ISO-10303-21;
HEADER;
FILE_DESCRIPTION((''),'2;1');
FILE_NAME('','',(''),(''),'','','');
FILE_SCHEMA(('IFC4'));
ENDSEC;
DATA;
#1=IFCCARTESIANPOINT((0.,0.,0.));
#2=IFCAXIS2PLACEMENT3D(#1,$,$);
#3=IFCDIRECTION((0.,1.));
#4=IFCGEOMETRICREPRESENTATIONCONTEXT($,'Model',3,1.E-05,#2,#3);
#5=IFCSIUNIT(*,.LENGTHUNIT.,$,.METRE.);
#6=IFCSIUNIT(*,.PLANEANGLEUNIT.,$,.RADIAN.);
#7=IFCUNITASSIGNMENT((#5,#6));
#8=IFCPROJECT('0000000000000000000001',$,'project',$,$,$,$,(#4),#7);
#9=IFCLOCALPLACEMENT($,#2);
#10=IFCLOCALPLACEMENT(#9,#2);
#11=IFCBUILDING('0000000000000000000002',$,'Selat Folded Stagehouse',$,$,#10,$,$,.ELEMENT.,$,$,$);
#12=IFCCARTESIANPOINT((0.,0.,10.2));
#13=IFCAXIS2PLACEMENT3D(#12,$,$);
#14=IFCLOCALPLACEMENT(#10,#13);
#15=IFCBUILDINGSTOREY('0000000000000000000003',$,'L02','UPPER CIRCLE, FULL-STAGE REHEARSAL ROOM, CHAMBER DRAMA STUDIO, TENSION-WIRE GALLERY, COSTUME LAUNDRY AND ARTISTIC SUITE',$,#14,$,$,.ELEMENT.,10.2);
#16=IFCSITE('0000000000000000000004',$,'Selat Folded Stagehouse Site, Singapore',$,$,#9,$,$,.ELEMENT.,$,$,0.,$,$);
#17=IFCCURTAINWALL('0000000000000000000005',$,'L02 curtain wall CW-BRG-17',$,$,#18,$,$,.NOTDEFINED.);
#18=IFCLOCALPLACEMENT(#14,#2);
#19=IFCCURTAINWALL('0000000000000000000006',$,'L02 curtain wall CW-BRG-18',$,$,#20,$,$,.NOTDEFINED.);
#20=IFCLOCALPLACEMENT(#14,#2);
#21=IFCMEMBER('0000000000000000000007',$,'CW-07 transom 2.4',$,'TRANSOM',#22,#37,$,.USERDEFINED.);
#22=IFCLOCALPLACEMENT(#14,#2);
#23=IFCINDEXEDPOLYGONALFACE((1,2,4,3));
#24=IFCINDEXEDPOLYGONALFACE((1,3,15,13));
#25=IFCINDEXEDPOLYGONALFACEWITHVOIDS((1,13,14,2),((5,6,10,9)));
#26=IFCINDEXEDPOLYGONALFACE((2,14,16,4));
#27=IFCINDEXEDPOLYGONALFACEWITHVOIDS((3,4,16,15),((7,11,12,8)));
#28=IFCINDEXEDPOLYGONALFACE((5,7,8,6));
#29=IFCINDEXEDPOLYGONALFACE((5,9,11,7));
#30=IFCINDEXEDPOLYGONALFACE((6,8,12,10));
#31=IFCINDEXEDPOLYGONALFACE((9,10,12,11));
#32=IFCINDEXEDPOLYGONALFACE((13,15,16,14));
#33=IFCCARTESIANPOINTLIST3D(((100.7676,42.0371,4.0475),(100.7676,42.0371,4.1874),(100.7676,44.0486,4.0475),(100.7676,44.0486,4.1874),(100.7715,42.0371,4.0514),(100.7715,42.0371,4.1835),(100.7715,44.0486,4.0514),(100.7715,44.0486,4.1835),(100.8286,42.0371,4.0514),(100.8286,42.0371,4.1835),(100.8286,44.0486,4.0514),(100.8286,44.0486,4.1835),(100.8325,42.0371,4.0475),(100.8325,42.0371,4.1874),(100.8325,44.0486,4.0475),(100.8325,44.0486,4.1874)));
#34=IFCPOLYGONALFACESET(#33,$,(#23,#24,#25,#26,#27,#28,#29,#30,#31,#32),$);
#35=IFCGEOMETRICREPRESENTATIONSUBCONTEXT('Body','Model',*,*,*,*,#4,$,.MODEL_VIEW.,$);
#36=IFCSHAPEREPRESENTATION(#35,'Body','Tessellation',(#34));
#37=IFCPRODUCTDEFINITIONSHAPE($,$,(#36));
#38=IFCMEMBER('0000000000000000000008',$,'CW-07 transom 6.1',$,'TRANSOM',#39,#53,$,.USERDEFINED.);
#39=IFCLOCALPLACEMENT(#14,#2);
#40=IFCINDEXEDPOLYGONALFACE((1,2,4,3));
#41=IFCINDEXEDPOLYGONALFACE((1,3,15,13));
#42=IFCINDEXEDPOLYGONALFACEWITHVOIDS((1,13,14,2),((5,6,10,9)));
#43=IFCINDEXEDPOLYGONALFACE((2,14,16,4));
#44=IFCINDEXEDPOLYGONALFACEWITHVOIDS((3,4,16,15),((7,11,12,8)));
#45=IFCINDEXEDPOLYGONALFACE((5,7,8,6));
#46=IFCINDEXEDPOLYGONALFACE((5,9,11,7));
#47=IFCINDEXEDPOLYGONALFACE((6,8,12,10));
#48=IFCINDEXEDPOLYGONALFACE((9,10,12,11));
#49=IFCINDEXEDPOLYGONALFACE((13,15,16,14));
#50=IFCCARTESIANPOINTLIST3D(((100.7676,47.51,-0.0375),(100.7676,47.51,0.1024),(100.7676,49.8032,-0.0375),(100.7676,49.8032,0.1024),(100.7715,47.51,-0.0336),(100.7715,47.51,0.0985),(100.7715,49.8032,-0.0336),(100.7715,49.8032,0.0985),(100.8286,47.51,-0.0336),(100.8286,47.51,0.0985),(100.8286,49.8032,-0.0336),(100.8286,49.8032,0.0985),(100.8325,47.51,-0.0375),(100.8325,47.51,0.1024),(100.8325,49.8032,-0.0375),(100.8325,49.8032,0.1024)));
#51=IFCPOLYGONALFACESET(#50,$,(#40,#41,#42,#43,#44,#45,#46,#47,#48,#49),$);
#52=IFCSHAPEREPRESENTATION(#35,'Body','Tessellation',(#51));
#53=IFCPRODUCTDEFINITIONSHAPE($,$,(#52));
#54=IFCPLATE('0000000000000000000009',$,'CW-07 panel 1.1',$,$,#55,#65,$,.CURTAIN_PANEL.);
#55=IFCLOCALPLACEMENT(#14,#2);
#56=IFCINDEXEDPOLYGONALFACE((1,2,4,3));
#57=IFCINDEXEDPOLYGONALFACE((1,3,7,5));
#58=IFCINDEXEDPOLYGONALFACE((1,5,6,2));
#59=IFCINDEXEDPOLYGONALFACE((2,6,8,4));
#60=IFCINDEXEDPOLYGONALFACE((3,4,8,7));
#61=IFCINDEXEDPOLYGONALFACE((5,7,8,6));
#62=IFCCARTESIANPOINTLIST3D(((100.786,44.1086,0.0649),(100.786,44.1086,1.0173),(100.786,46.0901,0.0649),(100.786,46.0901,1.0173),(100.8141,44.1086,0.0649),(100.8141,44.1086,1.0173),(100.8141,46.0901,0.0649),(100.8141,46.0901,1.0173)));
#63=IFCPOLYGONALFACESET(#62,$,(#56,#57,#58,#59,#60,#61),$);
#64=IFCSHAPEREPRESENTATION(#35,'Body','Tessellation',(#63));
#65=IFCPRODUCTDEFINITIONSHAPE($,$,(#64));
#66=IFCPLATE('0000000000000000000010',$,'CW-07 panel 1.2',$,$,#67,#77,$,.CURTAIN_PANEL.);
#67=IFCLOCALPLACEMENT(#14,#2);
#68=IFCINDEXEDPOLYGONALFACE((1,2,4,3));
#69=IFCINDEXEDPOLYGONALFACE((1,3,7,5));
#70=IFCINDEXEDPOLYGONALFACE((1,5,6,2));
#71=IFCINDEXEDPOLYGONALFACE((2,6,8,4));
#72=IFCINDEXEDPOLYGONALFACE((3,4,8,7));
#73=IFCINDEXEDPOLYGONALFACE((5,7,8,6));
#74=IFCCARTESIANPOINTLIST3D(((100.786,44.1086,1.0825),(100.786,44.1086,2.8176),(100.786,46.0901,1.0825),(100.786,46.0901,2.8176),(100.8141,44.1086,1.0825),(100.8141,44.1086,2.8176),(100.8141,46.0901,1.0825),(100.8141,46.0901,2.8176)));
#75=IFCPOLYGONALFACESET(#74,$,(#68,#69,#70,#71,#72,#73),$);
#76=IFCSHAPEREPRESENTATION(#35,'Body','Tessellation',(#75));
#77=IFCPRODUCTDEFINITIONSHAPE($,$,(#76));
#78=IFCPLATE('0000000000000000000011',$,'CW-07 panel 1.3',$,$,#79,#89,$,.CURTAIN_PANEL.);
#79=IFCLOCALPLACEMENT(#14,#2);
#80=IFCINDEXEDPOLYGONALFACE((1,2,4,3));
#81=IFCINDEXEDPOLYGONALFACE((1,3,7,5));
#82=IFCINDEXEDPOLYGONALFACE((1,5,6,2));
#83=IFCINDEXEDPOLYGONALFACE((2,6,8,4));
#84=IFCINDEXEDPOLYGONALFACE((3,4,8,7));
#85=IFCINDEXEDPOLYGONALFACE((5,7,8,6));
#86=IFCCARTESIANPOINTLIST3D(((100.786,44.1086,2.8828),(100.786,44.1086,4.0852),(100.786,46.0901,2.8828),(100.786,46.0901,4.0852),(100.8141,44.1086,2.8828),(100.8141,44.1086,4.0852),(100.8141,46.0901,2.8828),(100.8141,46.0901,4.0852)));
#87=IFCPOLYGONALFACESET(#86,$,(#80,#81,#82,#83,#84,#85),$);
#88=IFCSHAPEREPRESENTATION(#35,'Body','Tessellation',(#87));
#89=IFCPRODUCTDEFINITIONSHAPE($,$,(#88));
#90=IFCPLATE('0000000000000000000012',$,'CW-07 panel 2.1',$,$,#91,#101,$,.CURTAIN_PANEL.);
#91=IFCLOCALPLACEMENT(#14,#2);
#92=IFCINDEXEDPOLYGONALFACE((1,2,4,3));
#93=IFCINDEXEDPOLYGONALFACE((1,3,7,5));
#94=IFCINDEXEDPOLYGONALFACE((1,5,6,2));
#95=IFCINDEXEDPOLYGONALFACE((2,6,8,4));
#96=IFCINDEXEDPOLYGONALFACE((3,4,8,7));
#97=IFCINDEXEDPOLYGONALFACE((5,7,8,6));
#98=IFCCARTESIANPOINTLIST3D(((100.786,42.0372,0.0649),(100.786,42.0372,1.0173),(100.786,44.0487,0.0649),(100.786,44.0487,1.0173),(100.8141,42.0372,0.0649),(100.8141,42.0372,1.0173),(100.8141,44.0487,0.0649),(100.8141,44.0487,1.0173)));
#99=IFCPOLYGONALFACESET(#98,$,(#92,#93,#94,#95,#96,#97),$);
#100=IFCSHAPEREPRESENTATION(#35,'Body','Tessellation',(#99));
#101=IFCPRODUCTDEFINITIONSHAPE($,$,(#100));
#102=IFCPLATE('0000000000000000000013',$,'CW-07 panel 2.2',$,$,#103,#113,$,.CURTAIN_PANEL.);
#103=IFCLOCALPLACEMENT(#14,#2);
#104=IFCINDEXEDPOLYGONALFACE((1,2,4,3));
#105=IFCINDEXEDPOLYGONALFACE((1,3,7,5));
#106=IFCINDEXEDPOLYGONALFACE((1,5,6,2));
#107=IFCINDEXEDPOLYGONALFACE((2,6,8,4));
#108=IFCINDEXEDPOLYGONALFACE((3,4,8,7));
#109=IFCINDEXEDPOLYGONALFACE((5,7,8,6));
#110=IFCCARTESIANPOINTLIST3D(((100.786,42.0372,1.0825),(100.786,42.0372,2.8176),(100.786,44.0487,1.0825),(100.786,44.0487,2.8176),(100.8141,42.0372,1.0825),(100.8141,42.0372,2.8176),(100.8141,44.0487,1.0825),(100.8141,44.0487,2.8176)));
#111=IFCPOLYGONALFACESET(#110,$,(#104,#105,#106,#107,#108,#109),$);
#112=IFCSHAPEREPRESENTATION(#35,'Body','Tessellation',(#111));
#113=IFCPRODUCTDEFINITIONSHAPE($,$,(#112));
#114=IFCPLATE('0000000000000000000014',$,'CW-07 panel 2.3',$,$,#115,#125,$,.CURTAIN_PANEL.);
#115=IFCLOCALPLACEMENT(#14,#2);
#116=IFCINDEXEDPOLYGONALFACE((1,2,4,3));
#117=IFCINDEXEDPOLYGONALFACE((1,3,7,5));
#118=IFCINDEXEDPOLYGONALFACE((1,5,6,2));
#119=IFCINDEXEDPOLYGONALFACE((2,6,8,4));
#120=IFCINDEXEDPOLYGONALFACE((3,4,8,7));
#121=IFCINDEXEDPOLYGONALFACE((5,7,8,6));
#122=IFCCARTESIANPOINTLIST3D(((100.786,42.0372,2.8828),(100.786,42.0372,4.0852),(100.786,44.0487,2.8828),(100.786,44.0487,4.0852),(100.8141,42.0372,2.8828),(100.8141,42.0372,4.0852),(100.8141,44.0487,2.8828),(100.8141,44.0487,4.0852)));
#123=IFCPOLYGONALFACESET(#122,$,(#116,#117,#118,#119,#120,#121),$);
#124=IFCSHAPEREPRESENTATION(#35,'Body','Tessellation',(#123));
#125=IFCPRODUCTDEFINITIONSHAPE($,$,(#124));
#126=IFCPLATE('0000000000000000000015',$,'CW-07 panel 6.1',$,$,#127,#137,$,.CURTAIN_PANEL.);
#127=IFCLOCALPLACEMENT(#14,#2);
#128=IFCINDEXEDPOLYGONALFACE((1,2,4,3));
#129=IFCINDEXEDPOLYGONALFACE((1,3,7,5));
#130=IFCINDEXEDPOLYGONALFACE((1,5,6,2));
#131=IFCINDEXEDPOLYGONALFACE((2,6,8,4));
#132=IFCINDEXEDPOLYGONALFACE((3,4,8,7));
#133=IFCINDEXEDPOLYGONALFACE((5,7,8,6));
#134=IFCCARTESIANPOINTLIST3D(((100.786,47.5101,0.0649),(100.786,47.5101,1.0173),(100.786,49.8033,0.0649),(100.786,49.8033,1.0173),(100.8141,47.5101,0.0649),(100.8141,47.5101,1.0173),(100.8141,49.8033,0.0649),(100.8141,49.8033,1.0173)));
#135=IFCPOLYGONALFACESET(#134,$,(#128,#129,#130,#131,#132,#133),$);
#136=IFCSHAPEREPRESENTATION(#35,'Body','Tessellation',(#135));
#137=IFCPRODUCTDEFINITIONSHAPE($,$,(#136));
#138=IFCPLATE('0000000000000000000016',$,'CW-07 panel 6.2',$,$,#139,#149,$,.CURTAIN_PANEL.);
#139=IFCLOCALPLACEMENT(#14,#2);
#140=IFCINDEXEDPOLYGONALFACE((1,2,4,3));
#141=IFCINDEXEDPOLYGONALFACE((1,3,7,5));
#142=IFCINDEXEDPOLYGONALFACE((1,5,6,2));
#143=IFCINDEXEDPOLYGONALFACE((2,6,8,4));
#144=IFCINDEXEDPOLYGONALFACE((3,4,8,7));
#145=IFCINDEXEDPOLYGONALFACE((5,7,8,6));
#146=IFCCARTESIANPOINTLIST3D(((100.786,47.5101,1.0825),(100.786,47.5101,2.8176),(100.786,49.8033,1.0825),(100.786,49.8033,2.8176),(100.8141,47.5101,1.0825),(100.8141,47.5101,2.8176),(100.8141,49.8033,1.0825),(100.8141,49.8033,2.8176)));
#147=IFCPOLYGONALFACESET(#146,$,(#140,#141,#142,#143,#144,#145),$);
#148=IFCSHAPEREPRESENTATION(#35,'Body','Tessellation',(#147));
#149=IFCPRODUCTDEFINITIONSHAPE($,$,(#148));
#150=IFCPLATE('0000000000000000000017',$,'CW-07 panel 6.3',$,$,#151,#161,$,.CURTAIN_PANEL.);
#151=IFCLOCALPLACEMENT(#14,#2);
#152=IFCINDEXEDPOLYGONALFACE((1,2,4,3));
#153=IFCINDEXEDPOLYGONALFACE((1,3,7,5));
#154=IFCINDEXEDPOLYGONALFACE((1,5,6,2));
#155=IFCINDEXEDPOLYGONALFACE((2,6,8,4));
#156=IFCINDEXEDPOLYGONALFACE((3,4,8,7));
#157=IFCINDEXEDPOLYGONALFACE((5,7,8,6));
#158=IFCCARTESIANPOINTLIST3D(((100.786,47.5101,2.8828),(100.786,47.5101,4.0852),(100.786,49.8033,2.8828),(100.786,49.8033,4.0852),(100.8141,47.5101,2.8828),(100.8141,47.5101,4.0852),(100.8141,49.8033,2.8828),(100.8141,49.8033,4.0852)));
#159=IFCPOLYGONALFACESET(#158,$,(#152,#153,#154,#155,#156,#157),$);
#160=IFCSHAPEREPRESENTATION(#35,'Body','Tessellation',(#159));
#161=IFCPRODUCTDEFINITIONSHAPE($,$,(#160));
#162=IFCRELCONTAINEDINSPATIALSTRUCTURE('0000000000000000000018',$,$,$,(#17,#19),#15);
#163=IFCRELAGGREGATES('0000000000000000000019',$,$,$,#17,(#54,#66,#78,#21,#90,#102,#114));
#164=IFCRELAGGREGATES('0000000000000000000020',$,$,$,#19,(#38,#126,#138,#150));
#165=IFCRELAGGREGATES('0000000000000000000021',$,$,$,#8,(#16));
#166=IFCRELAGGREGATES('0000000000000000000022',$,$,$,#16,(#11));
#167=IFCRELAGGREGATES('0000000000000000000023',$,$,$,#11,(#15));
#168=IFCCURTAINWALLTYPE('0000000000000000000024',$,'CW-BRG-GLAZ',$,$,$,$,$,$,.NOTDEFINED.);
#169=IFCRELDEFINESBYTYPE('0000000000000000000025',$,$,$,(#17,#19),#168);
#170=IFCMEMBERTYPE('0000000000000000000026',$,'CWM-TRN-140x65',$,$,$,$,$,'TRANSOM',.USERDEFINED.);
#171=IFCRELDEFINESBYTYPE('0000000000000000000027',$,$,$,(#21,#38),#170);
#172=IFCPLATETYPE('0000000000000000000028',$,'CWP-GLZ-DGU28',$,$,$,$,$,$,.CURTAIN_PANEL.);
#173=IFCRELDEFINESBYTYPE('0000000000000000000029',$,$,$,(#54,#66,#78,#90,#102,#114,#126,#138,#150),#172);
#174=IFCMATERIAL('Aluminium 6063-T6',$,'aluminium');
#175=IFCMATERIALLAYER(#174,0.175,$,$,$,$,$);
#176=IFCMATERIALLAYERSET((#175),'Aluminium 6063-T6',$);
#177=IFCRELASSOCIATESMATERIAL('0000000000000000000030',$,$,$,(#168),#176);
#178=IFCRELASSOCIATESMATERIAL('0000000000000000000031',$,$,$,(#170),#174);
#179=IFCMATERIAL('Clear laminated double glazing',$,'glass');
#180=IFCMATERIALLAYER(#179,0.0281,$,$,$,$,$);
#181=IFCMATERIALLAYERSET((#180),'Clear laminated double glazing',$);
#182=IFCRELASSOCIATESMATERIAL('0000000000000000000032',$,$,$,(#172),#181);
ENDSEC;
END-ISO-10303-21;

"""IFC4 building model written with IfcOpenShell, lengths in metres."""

from ifc_helpers import new_model, si_unit, direction, frame, origin, origin_2d, place, context, subcontext, project, spatial, rectangle, hollow_rectangle, extrude, material, layer, layer_set, material_profile, profile_set, type_object, element, aggregate, save


model = new_model("IFC4")

# Units and contexts
model_context = context("Model", 3, precision=1e-05, world=origin(), true_north=direction((0.0, 1.0)))
body_context = subcontext(model_context, "Body", "Model", "MODEL_VIEW")
ifc_project = project(units=[si_unit("LENGTHUNIT", "METRE"), si_unit("PLANEANGLEUNIT", "RADIAN")], contexts=[model_context])

# Site, building, storey
site_placement = place(None, origin())
site = spatial("IfcSite", under=ifc_project, at=site_placement, Name="Selat Folded Stagehouse Site, Singapore", CompositionType="ELEMENT", RefElevation=0.0)
building_placement = place(site_placement, origin())
building = spatial("IfcBuilding", under=site, at=building_placement, Name="Selat Folded Stagehouse", CompositionType="ELEMENT")
storey_placement = place(building_placement, frame((0.0, 0.0, 10.2)))
storey = spatial("IfcBuildingStorey", under=building, at=storey_placement, Name="L02", Description="UPPER CIRCLE, FULL-STAGE REHEARSAL ROOM, CHAMBER DRAMA STUDIO, TENSION-WIRE GALLERY, COSTUME LAUNDRY AND ARTISTIC SUITE", CompositionType="ELEMENT", Elevation=10.2)

# Curtain wall
ifc_material_1 = material(Name="Aluminium 6063-T6", Category="aluminium")
ifc_layer_1 = layer(ifc_material_1, 0.175)
ifc_layer_set_1 = layer_set([ifc_layer_1], Name="Aluminium 6063-T6")
curtain_wall_type = type_object("IfcCurtainWallType", Name="CW-BRG-GLAZ", PredefinedType="NOTDEFINED", material=ifc_layer_set_1)
curtain_wall_1_placement = place(storey_placement, origin())
curtain_wall_1 = element("IfcCurtainWall", 1, at=curtain_wall_1_placement, inside=storey, type_object=curtain_wall_type, Name="L02 curtain wall CW-BRG-17", PredefinedType="NOTDEFINED")

# Curtain wall
curtain_wall_2_placement = place(storey_placement, origin())
curtain_wall_2 = element("IfcCurtainWall", 2, at=curtain_wall_2_placement, inside=storey, type_object=curtain_wall_type, Name="L02 curtain wall CW-BRG-18", PredefinedType="NOTDEFINED")

# Members
ifc_material_profile_1 = material_profile(ifc_material_1, hollow_rectangle(XDim=0.0649, YDim=0.1399, WallThickness=0.0039, at=origin_2d()), Name="ALU 140x65x4.0")
ifc_profile_set_1 = profile_set([ifc_material_profile_1], Name="Aluminium 6063-T6")
member_type_1 = type_object("IfcMemberType", Name="CWM-TRN-140x65", ElementType="TRANSOM", PredefinedType="USERDEFINED", material=ifc_profile_set_1)
member_1_placement = place(storey_placement, frame((100.8, 44.0486, 4.1174), z_axis=(0.0, -1.0, 0.0), x_axis=(1.0, 0.0, 0.0)))
member_1 = element("IfcMember", 3, at=member_1_placement, type_object=member_type_1, Name="CW-07 transom 2.4", ObjectType="TRANSOM", PredefinedType="USERDEFINED", context=body_context, shape_type="SweptSolid", body=[
    extrude(hollow_rectangle(XDim=0.0649, YDim=0.1399, WallThickness=0.0039, at=origin_2d()), origin(), (0.0, 0.0, 1.0), 2.0115),
])
member_2_placement = place(storey_placement, frame((100.8, 49.8032, 0.0325), z_axis=(0.0, -1.0, 0.0), x_axis=(1.0, 0.0, 0.0)))
member_2 = element("IfcMember", 4, at=member_2_placement, type_object=member_type_1, Name="CW-07 transom 6.1", ObjectType="TRANSOM", PredefinedType="USERDEFINED", context=body_context, shape_type="SweptSolid", body=[
    extrude(hollow_rectangle(XDim=0.0649, YDim=0.1399, WallThickness=0.0039, at=origin_2d()), origin(), (0.0, 0.0, 1.0), 2.2932),
])

# Plates
ifc_material_2 = material(Name="Clear laminated double glazing", Category="glass")
ifc_layer_2 = layer(ifc_material_2, 0.0281)
ifc_layer_set_2 = layer_set([ifc_layer_2], Name="Clear laminated double glazing")
plate_type = type_object("IfcPlateType", Name="CWP-GLZ-DGU28", PredefinedType="CURTAIN_PANEL", material=ifc_layer_set_2)
plate_1_placement = place(storey_placement, frame((100.8, 45.0994, 0.0649), z_axis=(0.0, 0.0, 1.0), x_axis=(0.0, -1.0, 0.0)))
plate_1 = element("IfcPlate", 5, at=plate_1_placement, type_object=plate_type, Name="CW-07 panel 1.1", PredefinedType="CURTAIN_PANEL", context=body_context, shape_type="SweptSolid", body=[
    extrude(rectangle(XDim=1.9814, YDim=0.0281, at=origin_2d()), origin(), (0.0, 0.0, 1.0), 0.9524),
])
plate_2_placement = place(storey_placement, frame((100.8, 45.0994, 1.0825), z_axis=(0.0, 0.0, 1.0), x_axis=(0.0, -1.0, 0.0)))
plate_2 = element("IfcPlate", 6, at=plate_2_placement, type_object=plate_type, Name="CW-07 panel 1.2", PredefinedType="CURTAIN_PANEL", context=body_context, shape_type="SweptSolid", body=[
    extrude(rectangle(XDim=1.9814, YDim=0.0281, at=origin_2d()), origin(), (0.0, 0.0, 1.0), 1.7351),
])
plate_3_placement = place(storey_placement, frame((100.8, 45.0994, 2.8828), z_axis=(0.0, 0.0, 1.0), x_axis=(0.0, -1.0, 0.0)))
plate_3 = element("IfcPlate", 7, at=plate_3_placement, type_object=plate_type, Name="CW-07 panel 1.3", PredefinedType="CURTAIN_PANEL", context=body_context, shape_type="SweptSolid", body=[
    extrude(rectangle(XDim=1.9814, YDim=0.0281, at=origin_2d()), origin(), (0.0, 0.0, 1.0), 1.2024),
])
plate_4_placement = place(storey_placement, frame((100.8, 43.043, 0.0649), z_axis=(0.0, 0.0, 1.0), x_axis=(0.0, -1.0, 0.0)))
plate_4 = element("IfcPlate", 8, at=plate_4_placement, type_object=plate_type, Name="CW-07 panel 2.1", PredefinedType="CURTAIN_PANEL", context=body_context, shape_type="SweptSolid", body=[
    extrude(rectangle(XDim=2.0115, YDim=0.0281, at=origin_2d()), origin(), (0.0, 0.0, 1.0), 0.9524),
])
plate_5_placement = place(storey_placement, frame((100.8, 43.043, 1.0825), z_axis=(0.0, 0.0, 1.0), x_axis=(0.0, -1.0, 0.0)))
plate_5 = element("IfcPlate", 9, at=plate_5_placement, type_object=plate_type, Name="CW-07 panel 2.2", PredefinedType="CURTAIN_PANEL", context=body_context, shape_type="SweptSolid", body=[
    extrude(rectangle(XDim=2.0115, YDim=0.0281, at=origin_2d()), origin(), (0.0, 0.0, 1.0), 1.7351),
])
plate_6_placement = place(storey_placement, frame((100.8, 43.043, 2.8828), z_axis=(0.0, 0.0, 1.0), x_axis=(0.0, -1.0, 0.0)))
plate_6 = element("IfcPlate", 10, at=plate_6_placement, type_object=plate_type, Name="CW-07 panel 2.3", PredefinedType="CURTAIN_PANEL", context=body_context, shape_type="SweptSolid", body=[
    extrude(rectangle(XDim=2.0115, YDim=0.0281, at=origin_2d()), origin(), (0.0, 0.0, 1.0), 1.2024),
])
aggregate(curtain_wall_1, [plate_1, plate_2, plate_3, member_1, plate_4, plate_5, plate_6])
plate_7_placement = place(storey_placement, frame((100.8, 48.6567, 0.0649), z_axis=(0.0, 0.0, 1.0), x_axis=(0.0, -1.0, 0.0)))
plate_7 = element("IfcPlate", 11, at=plate_7_placement, type_object=plate_type, Name="CW-07 panel 6.1", PredefinedType="CURTAIN_PANEL", context=body_context, shape_type="SweptSolid", body=[
    extrude(rectangle(XDim=2.2932, YDim=0.0281, at=origin_2d()), origin(), (0.0, 0.0, 1.0), 0.9524),
])
plate_8_placement = place(storey_placement, frame((100.8, 48.6567, 1.0825), z_axis=(0.0, 0.0, 1.0), x_axis=(0.0, -1.0, 0.0)))
plate_8 = element("IfcPlate", 12, at=plate_8_placement, type_object=plate_type, Name="CW-07 panel 6.2", PredefinedType="CURTAIN_PANEL", context=body_context, shape_type="SweptSolid", body=[
    extrude(rectangle(XDim=2.2932, YDim=0.0281, at=origin_2d()), origin(), (0.0, 0.0, 1.0), 1.7351),
])
plate_9_placement = place(storey_placement, frame((100.8, 48.6567, 2.8828), z_axis=(0.0, 0.0, 1.0), x_axis=(0.0, -1.0, 0.0)))
plate_9 = element("IfcPlate", 13, at=plate_9_placement, type_object=plate_type, Name="CW-07 panel 6.3", PredefinedType="CURTAIN_PANEL", context=body_context, shape_type="SweptSolid", body=[
    extrude(rectangle(XDim=2.2932, YDim=0.0281, at=origin_2d()), origin(), (0.0, 0.0, 1.0), 1.2024),
])
aggregate(curtain_wall_2, [member_2, plate_7, plate_8, plate_9])

save(model, "model.ifc")
